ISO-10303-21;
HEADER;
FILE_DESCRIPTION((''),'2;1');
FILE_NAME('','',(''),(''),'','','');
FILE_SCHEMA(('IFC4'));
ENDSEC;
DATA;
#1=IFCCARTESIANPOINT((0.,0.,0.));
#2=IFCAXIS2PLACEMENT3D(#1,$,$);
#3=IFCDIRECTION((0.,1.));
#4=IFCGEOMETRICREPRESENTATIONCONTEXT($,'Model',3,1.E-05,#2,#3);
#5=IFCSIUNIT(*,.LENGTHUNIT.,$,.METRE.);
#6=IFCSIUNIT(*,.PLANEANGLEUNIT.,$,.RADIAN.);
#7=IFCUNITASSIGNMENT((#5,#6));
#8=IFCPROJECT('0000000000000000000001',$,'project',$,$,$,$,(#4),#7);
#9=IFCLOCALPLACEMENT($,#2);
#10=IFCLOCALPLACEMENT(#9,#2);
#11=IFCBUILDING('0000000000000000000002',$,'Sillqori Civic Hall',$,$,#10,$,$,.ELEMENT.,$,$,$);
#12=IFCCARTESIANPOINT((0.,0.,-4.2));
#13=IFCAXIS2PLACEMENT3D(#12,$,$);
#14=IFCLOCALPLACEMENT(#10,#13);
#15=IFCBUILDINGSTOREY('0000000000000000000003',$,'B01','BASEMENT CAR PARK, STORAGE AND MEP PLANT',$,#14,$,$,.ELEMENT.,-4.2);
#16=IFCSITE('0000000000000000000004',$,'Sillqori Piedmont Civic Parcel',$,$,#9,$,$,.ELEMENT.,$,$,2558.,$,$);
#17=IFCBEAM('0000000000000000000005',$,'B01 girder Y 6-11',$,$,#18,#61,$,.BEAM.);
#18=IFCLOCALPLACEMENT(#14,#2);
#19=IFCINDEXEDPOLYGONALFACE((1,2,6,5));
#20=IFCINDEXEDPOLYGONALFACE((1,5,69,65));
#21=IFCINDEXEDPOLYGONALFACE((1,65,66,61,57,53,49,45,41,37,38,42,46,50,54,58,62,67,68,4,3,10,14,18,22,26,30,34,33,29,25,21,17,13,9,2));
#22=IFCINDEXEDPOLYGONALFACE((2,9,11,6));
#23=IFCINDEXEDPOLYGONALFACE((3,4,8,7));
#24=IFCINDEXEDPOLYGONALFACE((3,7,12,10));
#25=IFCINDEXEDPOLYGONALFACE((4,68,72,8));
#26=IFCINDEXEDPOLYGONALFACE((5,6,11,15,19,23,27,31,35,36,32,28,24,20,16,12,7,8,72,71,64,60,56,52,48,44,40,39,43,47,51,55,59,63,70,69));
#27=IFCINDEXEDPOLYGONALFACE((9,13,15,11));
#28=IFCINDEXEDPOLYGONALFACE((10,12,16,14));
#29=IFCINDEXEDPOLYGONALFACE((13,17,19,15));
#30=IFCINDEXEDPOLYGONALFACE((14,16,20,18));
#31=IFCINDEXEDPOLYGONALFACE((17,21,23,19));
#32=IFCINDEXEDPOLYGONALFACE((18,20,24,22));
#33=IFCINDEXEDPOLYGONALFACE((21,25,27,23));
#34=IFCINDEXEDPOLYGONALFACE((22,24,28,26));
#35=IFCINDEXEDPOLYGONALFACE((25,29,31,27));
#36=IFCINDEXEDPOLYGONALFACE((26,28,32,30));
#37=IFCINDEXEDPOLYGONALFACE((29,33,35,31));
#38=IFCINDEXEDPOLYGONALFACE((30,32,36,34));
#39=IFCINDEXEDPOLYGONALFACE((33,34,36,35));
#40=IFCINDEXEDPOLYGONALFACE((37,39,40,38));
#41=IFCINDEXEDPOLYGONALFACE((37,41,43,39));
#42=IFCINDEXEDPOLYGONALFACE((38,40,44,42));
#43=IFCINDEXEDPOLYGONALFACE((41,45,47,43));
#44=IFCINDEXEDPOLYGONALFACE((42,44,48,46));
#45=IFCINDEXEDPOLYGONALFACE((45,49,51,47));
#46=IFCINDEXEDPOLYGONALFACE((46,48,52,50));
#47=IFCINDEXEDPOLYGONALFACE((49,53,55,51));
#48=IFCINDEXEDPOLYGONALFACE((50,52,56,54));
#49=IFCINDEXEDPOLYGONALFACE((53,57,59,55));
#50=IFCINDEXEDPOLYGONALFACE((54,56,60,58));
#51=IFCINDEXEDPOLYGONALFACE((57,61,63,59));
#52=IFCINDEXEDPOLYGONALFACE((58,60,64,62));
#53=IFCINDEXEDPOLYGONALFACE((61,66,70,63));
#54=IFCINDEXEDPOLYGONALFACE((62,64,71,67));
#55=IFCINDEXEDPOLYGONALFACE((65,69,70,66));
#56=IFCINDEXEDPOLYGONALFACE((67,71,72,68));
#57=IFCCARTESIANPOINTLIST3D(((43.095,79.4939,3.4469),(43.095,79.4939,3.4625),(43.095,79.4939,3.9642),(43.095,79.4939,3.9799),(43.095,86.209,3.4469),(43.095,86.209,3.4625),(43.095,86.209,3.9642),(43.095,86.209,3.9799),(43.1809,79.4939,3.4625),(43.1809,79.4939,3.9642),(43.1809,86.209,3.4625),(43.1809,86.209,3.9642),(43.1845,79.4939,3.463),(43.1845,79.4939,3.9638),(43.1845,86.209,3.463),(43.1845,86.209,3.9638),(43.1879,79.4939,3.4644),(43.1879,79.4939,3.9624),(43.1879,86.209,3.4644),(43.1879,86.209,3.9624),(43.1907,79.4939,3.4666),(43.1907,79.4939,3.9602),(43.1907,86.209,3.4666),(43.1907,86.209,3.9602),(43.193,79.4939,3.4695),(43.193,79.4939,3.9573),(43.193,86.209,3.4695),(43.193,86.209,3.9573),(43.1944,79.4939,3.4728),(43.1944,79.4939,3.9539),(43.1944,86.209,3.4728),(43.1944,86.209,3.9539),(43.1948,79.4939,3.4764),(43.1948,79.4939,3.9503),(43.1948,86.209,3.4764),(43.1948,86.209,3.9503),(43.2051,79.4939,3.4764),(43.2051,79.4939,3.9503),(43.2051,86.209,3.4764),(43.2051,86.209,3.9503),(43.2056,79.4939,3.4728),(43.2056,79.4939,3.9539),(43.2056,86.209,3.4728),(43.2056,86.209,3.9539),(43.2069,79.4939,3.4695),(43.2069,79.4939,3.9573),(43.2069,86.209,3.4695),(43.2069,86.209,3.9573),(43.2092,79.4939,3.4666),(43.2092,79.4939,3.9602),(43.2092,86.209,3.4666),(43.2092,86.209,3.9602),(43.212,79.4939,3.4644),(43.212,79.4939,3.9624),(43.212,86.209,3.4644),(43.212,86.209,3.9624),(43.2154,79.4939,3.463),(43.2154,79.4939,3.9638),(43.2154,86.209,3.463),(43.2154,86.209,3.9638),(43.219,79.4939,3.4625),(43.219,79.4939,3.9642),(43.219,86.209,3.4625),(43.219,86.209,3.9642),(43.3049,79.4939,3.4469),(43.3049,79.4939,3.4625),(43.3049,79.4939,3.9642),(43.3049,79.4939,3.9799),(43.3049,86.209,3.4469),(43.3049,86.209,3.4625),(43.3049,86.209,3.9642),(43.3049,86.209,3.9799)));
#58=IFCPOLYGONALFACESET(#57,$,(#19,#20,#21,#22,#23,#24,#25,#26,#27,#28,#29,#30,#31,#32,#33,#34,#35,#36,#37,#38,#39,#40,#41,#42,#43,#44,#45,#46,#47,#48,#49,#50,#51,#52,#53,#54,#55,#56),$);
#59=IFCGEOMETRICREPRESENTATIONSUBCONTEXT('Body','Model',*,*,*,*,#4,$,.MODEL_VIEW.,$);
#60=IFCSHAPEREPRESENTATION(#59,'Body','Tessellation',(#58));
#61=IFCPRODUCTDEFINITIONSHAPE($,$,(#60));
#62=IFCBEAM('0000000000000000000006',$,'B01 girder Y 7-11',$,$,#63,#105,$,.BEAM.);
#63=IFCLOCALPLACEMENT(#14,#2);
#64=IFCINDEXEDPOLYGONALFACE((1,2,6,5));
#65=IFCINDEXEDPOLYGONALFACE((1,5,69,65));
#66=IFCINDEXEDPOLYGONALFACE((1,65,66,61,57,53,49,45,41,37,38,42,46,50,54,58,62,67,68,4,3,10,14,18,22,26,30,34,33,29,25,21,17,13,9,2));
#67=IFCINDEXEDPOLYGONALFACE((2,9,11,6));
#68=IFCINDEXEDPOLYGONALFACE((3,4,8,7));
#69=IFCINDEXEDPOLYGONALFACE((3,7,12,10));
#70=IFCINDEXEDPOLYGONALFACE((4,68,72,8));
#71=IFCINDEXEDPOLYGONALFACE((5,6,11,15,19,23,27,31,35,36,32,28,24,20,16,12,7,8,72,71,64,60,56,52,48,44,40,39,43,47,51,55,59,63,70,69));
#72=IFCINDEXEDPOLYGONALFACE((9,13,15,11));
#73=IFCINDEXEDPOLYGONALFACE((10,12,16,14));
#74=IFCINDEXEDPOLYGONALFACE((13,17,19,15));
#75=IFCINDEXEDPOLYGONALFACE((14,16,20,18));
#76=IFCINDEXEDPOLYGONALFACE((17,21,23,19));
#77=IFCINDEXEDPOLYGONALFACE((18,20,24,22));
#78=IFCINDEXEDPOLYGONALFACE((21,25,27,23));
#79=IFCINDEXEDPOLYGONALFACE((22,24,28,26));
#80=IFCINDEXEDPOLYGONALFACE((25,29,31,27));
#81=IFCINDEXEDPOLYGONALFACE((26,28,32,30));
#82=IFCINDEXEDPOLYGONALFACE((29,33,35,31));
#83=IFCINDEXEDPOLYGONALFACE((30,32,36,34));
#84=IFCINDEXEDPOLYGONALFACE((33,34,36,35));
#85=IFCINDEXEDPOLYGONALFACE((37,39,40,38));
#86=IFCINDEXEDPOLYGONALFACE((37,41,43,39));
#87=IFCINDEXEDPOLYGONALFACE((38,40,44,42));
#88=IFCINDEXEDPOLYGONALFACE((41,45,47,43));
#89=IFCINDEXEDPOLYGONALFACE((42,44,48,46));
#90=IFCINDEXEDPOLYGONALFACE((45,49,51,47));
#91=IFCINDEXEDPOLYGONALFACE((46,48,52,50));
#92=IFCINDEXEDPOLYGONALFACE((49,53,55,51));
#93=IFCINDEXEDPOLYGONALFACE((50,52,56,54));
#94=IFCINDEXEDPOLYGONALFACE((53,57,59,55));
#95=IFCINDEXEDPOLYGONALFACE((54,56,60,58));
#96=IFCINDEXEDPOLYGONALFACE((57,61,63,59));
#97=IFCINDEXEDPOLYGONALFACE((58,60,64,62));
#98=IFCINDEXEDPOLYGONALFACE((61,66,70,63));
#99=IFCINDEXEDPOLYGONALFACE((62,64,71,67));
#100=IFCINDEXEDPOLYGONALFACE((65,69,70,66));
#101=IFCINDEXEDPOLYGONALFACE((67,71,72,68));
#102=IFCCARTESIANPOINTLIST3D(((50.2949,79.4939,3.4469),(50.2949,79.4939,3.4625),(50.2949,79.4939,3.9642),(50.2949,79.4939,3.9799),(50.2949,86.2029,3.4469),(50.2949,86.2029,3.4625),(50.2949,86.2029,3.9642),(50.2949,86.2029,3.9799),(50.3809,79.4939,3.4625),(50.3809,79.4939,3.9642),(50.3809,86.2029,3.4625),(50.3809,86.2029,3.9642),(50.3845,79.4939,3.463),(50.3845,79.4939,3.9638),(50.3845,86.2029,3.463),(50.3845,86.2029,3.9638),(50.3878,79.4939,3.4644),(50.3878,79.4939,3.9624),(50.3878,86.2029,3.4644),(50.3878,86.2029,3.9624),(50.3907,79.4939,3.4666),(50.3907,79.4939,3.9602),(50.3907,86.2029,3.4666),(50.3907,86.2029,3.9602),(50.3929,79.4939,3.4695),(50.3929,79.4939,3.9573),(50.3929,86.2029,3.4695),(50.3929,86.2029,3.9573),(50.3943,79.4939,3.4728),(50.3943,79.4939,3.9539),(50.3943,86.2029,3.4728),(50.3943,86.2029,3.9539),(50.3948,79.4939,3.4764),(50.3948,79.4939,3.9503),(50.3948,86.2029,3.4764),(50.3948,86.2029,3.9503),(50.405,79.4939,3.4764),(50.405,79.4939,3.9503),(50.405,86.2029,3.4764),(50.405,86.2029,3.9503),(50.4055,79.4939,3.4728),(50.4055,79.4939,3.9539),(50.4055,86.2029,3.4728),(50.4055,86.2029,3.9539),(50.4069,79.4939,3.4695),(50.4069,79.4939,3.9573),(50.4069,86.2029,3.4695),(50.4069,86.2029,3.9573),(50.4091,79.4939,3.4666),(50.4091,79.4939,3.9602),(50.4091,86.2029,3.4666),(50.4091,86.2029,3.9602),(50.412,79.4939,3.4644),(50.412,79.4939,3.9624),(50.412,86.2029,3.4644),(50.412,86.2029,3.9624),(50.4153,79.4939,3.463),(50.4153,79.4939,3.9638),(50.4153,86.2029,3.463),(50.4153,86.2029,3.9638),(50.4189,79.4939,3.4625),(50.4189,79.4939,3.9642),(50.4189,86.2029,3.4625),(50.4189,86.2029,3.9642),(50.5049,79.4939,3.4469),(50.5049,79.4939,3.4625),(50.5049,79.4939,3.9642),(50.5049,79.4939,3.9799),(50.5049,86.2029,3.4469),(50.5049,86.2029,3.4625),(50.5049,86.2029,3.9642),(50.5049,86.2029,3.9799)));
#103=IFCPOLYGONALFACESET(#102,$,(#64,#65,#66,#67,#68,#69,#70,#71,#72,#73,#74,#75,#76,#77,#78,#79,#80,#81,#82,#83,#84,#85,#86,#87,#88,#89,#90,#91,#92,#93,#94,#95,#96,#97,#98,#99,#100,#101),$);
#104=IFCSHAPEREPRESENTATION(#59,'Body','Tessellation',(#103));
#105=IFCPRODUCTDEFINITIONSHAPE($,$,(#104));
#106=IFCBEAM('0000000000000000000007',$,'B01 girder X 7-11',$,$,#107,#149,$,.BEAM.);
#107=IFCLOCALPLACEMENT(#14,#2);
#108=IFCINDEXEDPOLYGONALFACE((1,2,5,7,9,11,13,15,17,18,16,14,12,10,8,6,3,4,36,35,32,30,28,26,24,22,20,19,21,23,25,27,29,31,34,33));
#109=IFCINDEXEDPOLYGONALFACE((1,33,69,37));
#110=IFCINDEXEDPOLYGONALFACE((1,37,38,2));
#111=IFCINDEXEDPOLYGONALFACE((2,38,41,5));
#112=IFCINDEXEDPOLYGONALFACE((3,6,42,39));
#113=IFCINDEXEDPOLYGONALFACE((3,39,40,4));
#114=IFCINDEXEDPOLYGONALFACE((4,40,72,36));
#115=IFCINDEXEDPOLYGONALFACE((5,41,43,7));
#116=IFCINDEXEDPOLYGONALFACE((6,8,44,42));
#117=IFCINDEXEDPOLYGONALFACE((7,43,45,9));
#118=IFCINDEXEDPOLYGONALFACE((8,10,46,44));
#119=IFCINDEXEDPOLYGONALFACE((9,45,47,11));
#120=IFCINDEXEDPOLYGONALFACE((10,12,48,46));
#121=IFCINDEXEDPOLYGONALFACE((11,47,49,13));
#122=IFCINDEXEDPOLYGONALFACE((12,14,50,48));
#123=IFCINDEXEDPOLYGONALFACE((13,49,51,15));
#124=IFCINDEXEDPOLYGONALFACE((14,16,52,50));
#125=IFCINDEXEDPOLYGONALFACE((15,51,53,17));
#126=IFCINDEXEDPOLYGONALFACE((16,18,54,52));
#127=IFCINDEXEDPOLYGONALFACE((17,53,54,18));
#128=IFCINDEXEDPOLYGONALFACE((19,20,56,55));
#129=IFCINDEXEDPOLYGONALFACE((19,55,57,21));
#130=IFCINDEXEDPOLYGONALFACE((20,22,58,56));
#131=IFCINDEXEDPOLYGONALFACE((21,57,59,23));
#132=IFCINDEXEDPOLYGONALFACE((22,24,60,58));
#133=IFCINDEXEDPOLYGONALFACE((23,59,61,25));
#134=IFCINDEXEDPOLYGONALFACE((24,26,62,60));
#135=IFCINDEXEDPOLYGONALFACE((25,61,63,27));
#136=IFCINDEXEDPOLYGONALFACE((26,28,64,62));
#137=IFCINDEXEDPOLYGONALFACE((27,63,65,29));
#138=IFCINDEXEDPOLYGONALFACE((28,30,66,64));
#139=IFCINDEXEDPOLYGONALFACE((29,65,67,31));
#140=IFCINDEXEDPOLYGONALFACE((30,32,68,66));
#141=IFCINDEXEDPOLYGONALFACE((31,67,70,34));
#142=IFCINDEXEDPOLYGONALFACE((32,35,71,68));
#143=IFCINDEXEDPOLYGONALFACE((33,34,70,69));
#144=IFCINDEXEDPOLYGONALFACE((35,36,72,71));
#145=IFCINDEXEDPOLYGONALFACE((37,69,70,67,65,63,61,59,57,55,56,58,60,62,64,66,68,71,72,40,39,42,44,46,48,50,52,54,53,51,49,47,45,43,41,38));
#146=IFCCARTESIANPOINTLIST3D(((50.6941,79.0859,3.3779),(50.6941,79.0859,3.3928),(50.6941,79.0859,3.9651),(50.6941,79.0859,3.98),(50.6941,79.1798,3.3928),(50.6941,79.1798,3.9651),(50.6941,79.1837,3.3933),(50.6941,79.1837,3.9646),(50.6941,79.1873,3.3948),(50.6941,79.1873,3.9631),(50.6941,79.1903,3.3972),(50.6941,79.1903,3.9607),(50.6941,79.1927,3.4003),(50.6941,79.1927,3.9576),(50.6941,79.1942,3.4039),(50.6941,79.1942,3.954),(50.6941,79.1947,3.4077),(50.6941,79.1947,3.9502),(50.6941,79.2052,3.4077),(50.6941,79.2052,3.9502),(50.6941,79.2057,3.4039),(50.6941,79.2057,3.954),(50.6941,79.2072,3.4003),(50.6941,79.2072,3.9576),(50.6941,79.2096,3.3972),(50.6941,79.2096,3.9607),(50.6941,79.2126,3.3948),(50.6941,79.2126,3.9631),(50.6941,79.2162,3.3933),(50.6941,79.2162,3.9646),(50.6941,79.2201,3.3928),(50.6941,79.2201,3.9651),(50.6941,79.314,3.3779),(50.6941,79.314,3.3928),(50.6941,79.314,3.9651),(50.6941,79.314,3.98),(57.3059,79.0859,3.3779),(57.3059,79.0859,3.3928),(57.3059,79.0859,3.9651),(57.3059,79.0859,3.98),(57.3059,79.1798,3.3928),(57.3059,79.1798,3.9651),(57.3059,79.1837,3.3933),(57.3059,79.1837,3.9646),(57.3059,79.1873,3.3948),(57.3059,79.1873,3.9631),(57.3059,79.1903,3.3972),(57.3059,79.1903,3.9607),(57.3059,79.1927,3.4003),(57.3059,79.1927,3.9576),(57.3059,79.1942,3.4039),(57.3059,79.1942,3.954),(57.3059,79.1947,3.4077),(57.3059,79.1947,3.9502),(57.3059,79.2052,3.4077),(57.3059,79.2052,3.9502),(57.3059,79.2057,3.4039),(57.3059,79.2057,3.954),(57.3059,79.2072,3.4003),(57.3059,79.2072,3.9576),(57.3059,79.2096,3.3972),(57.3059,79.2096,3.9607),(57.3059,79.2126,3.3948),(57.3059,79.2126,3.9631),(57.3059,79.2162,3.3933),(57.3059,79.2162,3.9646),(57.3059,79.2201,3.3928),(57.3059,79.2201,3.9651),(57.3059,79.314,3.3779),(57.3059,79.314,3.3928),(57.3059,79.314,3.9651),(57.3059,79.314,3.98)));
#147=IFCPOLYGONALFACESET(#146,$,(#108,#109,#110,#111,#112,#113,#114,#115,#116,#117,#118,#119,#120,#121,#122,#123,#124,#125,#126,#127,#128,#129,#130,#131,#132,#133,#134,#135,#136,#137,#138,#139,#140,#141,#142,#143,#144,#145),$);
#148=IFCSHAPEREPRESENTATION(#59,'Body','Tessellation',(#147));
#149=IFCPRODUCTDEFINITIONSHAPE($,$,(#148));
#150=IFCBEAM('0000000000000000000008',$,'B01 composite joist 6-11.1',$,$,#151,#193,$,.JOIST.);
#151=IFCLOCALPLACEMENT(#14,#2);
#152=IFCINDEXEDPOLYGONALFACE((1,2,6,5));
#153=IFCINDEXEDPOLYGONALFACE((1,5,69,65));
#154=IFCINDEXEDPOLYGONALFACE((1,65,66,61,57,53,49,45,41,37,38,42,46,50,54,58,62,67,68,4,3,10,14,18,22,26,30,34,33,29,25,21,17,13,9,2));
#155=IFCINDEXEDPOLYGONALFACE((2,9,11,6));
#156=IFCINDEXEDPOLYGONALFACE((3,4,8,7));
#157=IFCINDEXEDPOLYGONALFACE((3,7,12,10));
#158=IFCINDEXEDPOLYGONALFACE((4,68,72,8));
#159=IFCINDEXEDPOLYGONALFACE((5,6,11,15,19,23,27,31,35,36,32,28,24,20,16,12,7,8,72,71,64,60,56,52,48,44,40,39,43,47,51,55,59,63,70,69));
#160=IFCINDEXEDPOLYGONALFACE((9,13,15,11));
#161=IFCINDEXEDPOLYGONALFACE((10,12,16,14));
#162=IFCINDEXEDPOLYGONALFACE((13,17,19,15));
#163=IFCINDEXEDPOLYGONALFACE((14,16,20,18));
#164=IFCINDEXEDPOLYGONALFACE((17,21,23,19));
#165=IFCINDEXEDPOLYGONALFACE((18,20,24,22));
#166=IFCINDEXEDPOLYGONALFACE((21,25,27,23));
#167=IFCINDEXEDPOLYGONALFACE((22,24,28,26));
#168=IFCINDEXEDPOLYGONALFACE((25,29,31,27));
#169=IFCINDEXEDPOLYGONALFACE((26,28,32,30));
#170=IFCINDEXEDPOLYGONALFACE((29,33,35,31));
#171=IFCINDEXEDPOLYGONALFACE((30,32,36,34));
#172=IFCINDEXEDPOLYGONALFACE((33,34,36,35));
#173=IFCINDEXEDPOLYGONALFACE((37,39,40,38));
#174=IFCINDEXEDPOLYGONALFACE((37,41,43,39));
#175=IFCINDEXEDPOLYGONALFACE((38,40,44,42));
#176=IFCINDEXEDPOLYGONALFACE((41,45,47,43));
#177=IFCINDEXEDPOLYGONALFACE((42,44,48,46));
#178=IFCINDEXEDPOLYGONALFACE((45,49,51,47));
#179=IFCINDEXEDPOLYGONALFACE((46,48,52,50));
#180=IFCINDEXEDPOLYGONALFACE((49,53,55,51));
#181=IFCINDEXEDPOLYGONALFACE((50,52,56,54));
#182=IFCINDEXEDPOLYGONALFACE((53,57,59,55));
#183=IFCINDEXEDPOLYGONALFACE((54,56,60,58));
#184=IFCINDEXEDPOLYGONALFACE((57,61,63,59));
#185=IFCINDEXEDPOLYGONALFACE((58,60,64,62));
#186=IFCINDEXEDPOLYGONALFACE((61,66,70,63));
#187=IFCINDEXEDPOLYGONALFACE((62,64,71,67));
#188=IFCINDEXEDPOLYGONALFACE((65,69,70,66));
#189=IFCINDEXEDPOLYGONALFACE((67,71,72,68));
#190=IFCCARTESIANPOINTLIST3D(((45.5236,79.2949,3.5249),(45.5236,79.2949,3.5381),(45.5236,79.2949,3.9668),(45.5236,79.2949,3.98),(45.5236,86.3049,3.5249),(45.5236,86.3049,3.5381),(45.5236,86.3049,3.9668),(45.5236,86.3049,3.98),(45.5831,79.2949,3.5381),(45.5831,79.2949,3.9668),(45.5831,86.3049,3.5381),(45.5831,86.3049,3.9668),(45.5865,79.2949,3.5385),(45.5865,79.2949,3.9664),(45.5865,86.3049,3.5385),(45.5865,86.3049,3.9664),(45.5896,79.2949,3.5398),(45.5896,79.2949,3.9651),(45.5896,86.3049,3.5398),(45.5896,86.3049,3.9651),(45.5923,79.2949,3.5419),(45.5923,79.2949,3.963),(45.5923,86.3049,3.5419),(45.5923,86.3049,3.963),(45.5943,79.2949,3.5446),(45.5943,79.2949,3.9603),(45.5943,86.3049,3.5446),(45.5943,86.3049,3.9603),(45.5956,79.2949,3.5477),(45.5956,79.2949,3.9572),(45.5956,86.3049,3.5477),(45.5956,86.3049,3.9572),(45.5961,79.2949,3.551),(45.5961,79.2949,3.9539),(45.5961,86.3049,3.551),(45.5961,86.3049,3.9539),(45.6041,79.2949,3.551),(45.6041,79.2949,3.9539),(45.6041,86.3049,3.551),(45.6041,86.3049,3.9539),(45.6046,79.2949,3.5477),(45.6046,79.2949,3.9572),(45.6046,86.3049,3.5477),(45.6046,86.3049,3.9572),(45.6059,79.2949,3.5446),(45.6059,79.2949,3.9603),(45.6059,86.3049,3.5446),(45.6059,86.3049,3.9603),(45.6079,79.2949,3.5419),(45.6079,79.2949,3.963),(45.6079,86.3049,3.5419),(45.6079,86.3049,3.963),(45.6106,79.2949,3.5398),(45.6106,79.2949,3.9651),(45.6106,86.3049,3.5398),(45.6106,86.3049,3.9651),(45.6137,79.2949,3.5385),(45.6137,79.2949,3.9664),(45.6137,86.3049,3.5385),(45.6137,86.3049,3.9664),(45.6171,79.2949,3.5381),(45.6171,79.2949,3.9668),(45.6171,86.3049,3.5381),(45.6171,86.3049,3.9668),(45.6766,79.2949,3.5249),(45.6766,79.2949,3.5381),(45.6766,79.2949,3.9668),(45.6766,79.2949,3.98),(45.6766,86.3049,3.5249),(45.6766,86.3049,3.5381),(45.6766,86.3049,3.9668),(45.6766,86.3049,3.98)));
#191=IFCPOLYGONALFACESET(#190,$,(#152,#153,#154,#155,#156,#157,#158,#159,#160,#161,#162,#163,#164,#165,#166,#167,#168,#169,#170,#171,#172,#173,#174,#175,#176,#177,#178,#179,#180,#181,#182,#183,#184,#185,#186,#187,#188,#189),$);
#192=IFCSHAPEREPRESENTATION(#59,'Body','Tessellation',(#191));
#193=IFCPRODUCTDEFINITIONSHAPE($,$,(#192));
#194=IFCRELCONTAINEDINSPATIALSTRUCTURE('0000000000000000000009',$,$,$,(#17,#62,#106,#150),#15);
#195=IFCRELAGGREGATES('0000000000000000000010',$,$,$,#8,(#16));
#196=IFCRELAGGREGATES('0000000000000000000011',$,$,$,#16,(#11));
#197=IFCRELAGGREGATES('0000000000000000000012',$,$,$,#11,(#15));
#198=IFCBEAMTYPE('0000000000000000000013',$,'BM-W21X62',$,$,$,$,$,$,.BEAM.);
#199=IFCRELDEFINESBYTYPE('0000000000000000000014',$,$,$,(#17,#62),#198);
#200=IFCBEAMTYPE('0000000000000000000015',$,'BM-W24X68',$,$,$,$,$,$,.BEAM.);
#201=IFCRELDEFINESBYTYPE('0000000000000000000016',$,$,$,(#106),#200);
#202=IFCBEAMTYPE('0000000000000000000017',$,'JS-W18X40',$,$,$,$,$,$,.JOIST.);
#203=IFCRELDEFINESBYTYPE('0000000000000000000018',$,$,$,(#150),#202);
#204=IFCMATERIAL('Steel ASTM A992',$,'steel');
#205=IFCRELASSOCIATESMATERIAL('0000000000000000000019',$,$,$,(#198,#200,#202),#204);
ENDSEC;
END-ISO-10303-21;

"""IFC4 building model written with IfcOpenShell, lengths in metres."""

from ifc_helpers import new_model, si_unit, direction, frame, origin, origin_2d, place, context, subcontext, project, spatial, i_section, extrude, material, material_profile, profile_set, type_object, element, save


model = new_model("IFC4")

# Units and contexts
model_context = context("Model", 3, precision=1e-05, world=origin(), true_north=direction((0.0, 1.0)))
body_context = subcontext(model_context, "Body", "Model", "MODEL_VIEW")
ifc_project = project(units=[si_unit("LENGTHUNIT", "METRE"), si_unit("PLANEANGLEUNIT", "RADIAN")], contexts=[model_context])

# Site, building, storey
site_placement = place(None, origin())
site = spatial("IfcSite", under=ifc_project, at=site_placement, Name="Sillqori Piedmont Civic Parcel", CompositionType="ELEMENT", RefElevation=2558.0)
building_placement = place(site_placement, origin())
building = spatial("IfcBuilding", under=site, at=building_placement, Name="Sillqori Civic Hall", CompositionType="ELEMENT")
storey_placement = place(building_placement, frame((0.0, 0.0, -4.2)))
storey = spatial("IfcBuildingStorey", under=building, at=storey_placement, Name="B01", Description="BASEMENT CAR PARK, STORAGE AND MEP PLANT", CompositionType="ELEMENT", Elevation=-4.2)

# Beams
ifc_material_1 = material(Name="Steel ASTM A992", Category="steel")
ifc_material_profile_1 = material_profile(ifc_material_1, i_section(OverallWidth=0.21, OverallDepth=0.533, WebThickness=0.0103, FlangeThickness=0.0156, FilletRadius=0.0139, at=origin_2d()), Name="W21X62")
ifc_profile_set_1 = profile_set([ifc_material_profile_1], Name="Steel ASTM A992")
beam_type_1 = type_object("IfcBeamType", Name="BM-W21X62", PredefinedType="BEAM", material=ifc_profile_set_1)
beam_1_placement = place(storey_placement, frame((43.2, 79.4939, 3.7134), z_axis=(0.0, 1.0, 0.0), x_axis=(-1.0, 0.0, 0.0)))
element("IfcBeam", 1, at=beam_1_placement, inside=storey, type_object=beam_type_1, Name="B01 girder Y 6-11", PredefinedType="BEAM", context=body_context, shape_type="SweptSolid", body=[
    extrude(i_section(OverallWidth=0.21, OverallDepth=0.533, WebThickness=0.0103, FlangeThickness=0.0156, FilletRadius=0.0139, at=origin_2d()), origin(), (0.0, 0.0, 1.0), 6.7151),
])
beam_2_placement = place(storey_placement, frame((50.3999, 79.4939, 3.7134), z_axis=(0.0, 1.0, 0.0), x_axis=(-1.0, 0.0, 0.0)))
element("IfcBeam", 2, at=beam_2_placement, inside=storey, type_object=beam_type_1, Name="B01 girder Y 7-11", PredefinedType="BEAM", context=body_context, shape_type="SweptSolid", body=[
    extrude(i_section(OverallWidth=0.21, OverallDepth=0.533, WebThickness=0.0103, FlangeThickness=0.0156, FilletRadius=0.0139, at=origin_2d()), origin(), (0.0, 0.0, 1.0), 6.709),
])
ifc_material_profile_2 = material_profile(ifc_material_1, i_section(OverallWidth=0.228, OverallDepth=0.6021, WebThickness=0.0105, FlangeThickness=0.0149, FilletRadius=0.0149, at=origin_2d()), Name="W24X68")
ifc_profile_set_2 = profile_set([ifc_material_profile_2], Name="Steel ASTM A992")
beam_type_2 = type_object("IfcBeamType", Name="BM-W24X68", PredefinedType="BEAM", material=ifc_profile_set_2)
beam_3_placement = place(storey_placement, frame((50.6941, 79.2, 3.679), z_axis=(1.0, 0.0, 0.0), x_axis=(0.0, 1.0, 0.0)))
element("IfcBeam", 3, at=beam_3_placement, inside=storey, type_object=beam_type_2, Name="B01 girder X 7-11", PredefinedType="BEAM", context=body_context, shape_type="SweptSolid", body=[
    extrude(i_section(OverallWidth=0.228, OverallDepth=0.6021, WebThickness=0.0105, FlangeThickness=0.0149, FilletRadius=0.0149, at=origin_2d()), origin(), (0.0, 0.0, 1.0), 6.6118),
])
ifc_material_profile_3 = material_profile(ifc_material_1, i_section(OverallWidth=0.1531, OverallDepth=0.4551, WebThickness=0.0081, FlangeThickness=0.0132, FilletRadius=0.0129, at=origin_2d()), Name="W18X40")
ifc_profile_set_3 = profile_set([ifc_material_profile_3], Name="Steel ASTM A992")
beam_type_3 = type_object("IfcBeamType", Name="JS-W18X40", PredefinedType="JOIST", material=ifc_profile_set_3)
for number, where, z_axis, x_axis, name in (
    (4, (45.6001, 79.2949, 3.7524), (0.0, 1.0, 0.0), (-1.0, 0.0, 0.0), "B01 composite joist 6-11.1"),
):
    element("IfcBeam", number, at=place(storey_placement, frame(where, z_axis=z_axis, x_axis=x_axis)), inside=storey, type_object=beam_type_3, Name=name, PredefinedType="JOIST", context=body_context, shape_type="SweptSolid", body=[
        extrude(i_section(OverallWidth=0.1531, OverallDepth=0.4551, WebThickness=0.0081, FlangeThickness=0.0132, FilletRadius=0.0129, at=origin_2d()), origin(), (0.0, 0.0, 1.0), 7.01),
    ])

save(model, "model.ifc")
